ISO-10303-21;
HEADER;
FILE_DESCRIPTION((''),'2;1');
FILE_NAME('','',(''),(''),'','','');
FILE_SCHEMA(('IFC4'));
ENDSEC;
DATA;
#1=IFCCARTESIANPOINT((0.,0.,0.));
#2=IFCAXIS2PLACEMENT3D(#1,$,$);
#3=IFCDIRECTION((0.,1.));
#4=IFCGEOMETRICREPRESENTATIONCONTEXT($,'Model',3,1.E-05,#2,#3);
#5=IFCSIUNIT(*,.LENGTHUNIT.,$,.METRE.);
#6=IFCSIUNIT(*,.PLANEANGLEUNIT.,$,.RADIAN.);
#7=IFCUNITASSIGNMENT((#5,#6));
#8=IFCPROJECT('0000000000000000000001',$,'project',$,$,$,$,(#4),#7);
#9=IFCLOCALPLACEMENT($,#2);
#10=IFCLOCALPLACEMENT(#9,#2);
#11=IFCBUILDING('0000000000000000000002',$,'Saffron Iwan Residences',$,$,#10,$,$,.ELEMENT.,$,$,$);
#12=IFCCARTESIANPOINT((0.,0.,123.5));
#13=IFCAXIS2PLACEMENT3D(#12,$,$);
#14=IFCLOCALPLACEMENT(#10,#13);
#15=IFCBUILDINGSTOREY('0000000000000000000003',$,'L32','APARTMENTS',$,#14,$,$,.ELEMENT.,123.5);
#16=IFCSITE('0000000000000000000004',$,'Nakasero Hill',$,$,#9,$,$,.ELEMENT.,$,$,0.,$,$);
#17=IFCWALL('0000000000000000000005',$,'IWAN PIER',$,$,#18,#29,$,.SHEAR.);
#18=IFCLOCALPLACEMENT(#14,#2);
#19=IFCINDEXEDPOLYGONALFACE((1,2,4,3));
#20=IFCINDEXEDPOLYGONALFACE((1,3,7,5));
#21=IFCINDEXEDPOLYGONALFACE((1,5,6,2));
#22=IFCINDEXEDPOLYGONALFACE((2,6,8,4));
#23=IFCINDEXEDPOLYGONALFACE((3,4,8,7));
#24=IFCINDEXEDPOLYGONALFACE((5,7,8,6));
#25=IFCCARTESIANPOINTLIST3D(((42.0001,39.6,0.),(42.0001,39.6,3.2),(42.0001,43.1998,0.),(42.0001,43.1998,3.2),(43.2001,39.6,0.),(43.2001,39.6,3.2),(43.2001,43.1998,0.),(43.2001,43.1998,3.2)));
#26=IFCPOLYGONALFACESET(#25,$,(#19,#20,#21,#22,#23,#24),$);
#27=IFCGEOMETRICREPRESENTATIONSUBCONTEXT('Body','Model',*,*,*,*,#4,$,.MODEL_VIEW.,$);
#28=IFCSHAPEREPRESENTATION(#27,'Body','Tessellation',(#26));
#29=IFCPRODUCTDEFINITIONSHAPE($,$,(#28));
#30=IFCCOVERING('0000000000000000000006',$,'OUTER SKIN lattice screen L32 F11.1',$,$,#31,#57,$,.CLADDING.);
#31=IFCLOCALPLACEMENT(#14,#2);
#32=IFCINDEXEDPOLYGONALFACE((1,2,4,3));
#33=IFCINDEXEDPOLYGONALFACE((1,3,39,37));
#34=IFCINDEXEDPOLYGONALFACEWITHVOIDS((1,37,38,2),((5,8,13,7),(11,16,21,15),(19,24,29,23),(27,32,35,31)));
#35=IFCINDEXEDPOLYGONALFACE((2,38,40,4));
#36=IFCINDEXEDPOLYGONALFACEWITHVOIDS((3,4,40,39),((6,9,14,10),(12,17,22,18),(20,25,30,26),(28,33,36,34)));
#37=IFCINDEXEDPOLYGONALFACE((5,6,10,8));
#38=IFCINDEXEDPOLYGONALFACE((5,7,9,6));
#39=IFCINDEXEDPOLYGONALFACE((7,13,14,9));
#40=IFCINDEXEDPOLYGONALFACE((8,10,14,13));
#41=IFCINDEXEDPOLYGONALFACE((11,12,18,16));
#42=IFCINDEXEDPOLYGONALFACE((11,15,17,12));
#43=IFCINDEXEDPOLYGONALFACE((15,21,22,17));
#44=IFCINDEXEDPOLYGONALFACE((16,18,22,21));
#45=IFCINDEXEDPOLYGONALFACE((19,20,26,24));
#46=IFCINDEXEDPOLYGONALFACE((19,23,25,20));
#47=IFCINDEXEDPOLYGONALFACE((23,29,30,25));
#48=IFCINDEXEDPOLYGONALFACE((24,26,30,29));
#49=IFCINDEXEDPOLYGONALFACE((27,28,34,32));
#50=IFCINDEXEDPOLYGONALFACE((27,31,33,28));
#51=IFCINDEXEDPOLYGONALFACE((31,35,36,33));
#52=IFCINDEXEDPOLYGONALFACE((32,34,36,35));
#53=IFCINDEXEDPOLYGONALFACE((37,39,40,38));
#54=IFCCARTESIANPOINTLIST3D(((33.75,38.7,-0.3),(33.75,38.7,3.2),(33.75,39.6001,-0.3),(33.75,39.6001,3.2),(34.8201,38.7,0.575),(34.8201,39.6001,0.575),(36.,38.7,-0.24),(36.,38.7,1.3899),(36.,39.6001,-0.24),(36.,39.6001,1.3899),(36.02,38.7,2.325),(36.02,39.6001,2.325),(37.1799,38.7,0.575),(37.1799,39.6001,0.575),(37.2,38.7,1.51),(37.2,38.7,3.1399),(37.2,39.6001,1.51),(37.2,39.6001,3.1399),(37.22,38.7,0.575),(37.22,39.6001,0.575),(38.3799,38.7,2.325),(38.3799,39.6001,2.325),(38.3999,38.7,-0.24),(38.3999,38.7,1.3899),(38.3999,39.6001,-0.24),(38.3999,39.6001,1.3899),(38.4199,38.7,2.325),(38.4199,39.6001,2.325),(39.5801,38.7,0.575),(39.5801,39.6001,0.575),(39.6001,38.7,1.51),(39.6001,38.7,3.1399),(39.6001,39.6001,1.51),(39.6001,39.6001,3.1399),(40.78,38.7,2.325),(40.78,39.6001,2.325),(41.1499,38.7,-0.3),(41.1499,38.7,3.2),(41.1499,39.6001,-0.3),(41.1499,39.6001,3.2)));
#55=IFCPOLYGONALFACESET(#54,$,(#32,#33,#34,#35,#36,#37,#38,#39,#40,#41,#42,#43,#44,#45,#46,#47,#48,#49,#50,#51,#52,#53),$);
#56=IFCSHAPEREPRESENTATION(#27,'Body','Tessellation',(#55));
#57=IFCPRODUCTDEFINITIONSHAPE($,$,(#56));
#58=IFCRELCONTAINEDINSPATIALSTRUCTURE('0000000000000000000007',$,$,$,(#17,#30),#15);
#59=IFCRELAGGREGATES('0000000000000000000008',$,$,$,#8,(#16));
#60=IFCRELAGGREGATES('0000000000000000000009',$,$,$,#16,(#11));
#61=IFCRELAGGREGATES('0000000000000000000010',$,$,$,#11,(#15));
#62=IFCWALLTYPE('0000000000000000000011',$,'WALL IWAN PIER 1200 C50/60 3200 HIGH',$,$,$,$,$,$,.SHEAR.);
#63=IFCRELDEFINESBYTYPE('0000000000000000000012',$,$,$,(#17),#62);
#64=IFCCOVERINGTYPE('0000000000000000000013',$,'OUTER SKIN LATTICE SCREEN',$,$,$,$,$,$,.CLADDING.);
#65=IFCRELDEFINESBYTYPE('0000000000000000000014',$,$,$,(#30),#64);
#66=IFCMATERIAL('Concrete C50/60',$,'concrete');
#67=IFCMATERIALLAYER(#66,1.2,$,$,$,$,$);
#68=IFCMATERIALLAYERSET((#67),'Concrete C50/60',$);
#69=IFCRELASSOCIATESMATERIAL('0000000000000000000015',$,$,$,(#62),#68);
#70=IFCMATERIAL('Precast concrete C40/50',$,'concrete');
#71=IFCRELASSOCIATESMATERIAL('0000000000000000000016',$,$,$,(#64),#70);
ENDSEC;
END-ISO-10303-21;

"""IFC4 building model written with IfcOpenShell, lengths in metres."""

from ifc_helpers import new_model, si_unit, direction, frame, frame_2d, origin, place, context, subcontext, project, spatial, polyline, rectangle, outline, extrude, material, layer, layer_set, type_object, element, save


model = new_model("IFC4")

# Units and contexts
model_context = context("Model", 3, precision=1e-05, world=origin(), true_north=direction((0.0, 1.0)))
body_context = subcontext(model_context, "Body", "Model", "MODEL_VIEW")
ifc_project = project(units=[si_unit("LENGTHUNIT", "METRE"), si_unit("PLANEANGLEUNIT", "RADIAN")], contexts=[model_context])

# Site, building, storey
site_placement = place(None, origin())
site = spatial("IfcSite", under=ifc_project, at=site_placement, Name="Nakasero Hill", CompositionType="ELEMENT", RefElevation=0.0)
building_placement = place(site_placement, origin())
building = spatial("IfcBuilding", under=site, at=building_placement, Name="Saffron Iwan Residences", CompositionType="ELEMENT")
storey_placement = place(building_placement, frame((0.0, 0.0, 123.5)))
storey = spatial("IfcBuildingStorey", under=building, at=storey_placement, Name="L32", Description="APARTMENTS", CompositionType="ELEMENT", Elevation=123.5)

# Shared definitions
ifc_material_1 = material(Name="Concrete C50/60", Category="concrete")

# Wall
ifc_layer_1 = layer(ifc_material_1, 1.2)
ifc_layer_set_1 = layer_set([ifc_layer_1], Name="Concrete C50/60")
wall_type_1 = type_object("IfcWallType", Name="WALL IWAN PIER 1200 C50/60 3200 HIGH", PredefinedType="SHEAR", material=ifc_layer_set_1)
wall_1_placement = place(storey_placement, frame((42.6001, 39.6001, 0.0), z_axis=(0.0, 0.0, 1.0), x_axis=(0.0, 1.0, 0.0)))
element("IfcWall", 1, at=wall_1_placement, inside=storey, type_object=wall_type_1, Name="IWAN PIER", PredefinedType="SHEAR", context=body_context, shape_type="SweptSolid", body=[
    extrude(rectangle(XDim=3.5999, YDim=1.2, at=frame_2d((1.7998, 0.0))), origin(), (0.0, 0.0, 1.0), 3.2),
])

# Covering
ifc_material_2 = material(Name="Precast concrete C40/50", Category="concrete")
covering_type = type_object("IfcCoveringType", Name="OUTER SKIN LATTICE SCREEN", PredefinedType="CLADDING", material=ifc_material_2)
covering_placement = place(storey_placement, frame((33.75, 39.6001, -0.3), z_axis=(0.0, -1.0, 0.0), x_axis=(1.0, 0.0, 0.0)))
element("IfcCovering", 2, at=covering_placement, inside=storey, type_object=covering_type, Name="OUTER SKIN lattice screen L32 F11.1", PredefinedType="CLADDING", context=body_context, shape_type="SweptSolid", body=[
    extrude(outline(polyline([(0.0, 0.0), (7.3999, 0.0), (7.3999, 3.5), (0.0, 3.5), (0.0, 0.0)]), holes=[polyline([(1.0701, 0.875), (2.25, 0.0601), (3.4299, 0.875), (2.25, 1.6899), (1.0701, 0.875)]), polyline([(3.47, 0.875), (4.6499, 0.0601), (5.8301, 0.875), (4.6499, 1.6899), (3.47, 0.875)]), polyline([(2.27, 2.625), (3.45, 1.8101), (4.6299, 2.625), (3.45, 3.4399), (2.27, 2.625)]), polyline([(4.6699, 2.625), (5.8501, 1.8101), (7.03, 2.625), (5.8501, 3.4399), (4.6699, 2.625)])]), origin(), (0.0, 0.0, 1.0), 0.9001),
])

save(model, "model.ifc")
